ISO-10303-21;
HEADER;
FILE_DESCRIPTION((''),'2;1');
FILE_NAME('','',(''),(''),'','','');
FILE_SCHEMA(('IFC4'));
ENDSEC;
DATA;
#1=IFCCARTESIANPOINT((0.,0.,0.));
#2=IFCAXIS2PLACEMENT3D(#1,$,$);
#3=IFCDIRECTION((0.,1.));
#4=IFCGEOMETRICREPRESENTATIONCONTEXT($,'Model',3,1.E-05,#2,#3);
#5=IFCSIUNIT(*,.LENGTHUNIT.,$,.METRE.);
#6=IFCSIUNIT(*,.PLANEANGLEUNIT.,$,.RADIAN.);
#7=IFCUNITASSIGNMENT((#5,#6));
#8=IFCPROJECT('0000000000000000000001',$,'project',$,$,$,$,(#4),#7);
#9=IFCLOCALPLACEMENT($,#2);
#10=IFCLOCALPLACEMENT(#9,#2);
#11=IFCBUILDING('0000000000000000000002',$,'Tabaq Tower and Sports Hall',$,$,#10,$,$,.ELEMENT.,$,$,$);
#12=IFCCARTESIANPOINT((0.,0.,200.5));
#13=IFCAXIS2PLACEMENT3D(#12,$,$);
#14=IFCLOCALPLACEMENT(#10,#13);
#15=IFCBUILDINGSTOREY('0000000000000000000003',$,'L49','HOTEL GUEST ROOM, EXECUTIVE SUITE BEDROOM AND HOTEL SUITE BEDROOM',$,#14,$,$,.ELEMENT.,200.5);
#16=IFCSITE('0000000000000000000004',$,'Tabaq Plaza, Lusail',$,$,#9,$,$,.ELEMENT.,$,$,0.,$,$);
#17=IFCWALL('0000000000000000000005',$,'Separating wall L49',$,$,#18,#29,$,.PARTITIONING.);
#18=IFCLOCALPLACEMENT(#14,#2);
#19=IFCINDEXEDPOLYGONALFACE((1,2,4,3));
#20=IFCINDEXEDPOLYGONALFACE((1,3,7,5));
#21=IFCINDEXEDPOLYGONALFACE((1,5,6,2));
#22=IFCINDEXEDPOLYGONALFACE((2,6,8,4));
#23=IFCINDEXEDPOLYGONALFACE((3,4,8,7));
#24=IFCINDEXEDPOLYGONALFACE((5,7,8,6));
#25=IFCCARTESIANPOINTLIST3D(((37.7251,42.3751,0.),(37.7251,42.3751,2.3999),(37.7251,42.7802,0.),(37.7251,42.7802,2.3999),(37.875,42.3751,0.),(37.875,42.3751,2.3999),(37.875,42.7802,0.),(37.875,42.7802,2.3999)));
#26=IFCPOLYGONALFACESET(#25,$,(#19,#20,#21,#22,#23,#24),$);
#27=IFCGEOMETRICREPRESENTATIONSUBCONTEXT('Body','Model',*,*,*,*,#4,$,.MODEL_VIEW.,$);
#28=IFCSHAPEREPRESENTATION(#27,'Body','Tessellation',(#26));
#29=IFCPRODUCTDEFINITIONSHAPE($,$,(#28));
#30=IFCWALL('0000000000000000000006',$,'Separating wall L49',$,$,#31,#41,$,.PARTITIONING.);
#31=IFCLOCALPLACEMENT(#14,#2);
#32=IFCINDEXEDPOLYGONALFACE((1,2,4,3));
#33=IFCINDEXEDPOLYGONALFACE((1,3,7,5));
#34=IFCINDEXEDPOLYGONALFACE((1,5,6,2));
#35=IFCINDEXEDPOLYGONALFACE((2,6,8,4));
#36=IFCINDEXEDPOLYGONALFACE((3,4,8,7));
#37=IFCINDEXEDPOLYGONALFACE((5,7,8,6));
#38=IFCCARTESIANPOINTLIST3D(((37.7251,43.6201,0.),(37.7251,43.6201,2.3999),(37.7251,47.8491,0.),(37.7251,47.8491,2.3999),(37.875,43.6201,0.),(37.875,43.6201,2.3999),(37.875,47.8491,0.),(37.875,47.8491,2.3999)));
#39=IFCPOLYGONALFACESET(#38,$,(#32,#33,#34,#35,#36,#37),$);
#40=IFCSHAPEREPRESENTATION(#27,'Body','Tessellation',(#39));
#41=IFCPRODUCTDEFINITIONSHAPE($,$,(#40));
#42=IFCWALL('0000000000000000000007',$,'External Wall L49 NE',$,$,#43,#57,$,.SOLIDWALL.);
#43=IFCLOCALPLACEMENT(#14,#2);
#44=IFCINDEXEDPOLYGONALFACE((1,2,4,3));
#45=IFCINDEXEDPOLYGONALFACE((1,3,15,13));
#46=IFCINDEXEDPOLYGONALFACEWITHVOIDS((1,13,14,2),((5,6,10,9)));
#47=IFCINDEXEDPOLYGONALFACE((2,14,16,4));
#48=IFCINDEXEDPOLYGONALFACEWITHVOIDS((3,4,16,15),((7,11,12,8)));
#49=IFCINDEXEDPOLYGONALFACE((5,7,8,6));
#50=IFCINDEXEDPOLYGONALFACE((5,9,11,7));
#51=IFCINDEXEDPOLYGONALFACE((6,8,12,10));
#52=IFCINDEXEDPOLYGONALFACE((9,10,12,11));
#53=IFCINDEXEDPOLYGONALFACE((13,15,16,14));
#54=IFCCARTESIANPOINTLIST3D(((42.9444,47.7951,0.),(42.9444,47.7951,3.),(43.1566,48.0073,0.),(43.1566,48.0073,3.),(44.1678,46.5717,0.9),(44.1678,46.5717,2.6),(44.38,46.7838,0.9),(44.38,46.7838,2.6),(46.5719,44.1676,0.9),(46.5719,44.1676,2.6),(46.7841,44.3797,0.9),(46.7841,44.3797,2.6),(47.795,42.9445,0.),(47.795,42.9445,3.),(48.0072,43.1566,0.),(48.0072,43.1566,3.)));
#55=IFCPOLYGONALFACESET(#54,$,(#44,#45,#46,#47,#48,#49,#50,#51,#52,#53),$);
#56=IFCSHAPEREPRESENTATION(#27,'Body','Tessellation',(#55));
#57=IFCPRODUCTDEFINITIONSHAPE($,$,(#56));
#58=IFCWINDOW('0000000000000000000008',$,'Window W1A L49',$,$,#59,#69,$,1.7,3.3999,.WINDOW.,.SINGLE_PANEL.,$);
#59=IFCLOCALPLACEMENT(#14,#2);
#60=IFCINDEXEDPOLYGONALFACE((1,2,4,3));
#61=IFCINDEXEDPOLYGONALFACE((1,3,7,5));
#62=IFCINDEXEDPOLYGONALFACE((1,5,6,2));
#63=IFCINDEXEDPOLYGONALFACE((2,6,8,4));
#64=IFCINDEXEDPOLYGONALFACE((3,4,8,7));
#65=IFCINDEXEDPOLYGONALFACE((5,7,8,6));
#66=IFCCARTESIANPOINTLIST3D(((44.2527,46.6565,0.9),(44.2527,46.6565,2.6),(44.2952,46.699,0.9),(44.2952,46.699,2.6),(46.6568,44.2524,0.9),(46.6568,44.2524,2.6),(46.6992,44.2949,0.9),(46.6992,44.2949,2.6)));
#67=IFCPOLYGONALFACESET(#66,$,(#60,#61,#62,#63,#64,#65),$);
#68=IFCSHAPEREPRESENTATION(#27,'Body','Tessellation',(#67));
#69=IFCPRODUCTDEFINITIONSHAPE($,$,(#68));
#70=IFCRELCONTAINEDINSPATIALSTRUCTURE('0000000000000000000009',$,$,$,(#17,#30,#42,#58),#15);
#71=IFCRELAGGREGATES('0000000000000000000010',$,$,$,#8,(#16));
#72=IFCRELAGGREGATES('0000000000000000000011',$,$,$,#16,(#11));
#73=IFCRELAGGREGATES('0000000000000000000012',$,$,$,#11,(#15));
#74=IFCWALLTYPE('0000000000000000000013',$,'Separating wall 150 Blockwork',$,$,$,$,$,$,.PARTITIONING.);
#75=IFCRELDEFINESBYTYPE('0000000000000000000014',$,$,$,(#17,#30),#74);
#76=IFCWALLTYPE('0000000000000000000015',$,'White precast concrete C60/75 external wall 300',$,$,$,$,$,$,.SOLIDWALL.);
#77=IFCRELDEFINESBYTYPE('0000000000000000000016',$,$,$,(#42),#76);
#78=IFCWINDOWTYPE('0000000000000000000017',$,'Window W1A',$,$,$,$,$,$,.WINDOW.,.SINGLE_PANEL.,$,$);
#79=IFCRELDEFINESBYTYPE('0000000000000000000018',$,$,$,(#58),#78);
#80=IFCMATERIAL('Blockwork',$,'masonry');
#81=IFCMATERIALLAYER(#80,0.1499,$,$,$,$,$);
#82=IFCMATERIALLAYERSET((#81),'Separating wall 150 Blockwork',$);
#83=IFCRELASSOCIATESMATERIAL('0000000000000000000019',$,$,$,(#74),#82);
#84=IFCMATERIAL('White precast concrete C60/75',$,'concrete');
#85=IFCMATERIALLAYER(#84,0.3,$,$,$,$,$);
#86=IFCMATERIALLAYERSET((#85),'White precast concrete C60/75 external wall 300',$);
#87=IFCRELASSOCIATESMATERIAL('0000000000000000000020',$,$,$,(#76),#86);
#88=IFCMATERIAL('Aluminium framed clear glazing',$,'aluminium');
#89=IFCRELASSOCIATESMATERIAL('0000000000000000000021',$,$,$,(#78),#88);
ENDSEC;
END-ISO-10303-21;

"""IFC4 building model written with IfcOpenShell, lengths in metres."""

from ifc_helpers import new_model, si_unit, direction, frame, frame_2d, origin, place, context, subcontext, project, spatial, rectangle, extrude, material, layer, layer_set, type_object, element, fill, save


model = new_model("IFC4")

# Units and contexts
model_context = context("Model", 3, precision=1e-05, world=origin(), true_north=direction((0.0, 1.0)))
body_context = subcontext(model_context, "Body", "Model", "MODEL_VIEW")
ifc_project = project(units=[si_unit("LENGTHUNIT", "METRE"), si_unit("PLANEANGLEUNIT", "RADIAN")], contexts=[model_context])

# Site, building, storey
site_placement = place(None, origin())
site = spatial("IfcSite", under=ifc_project, at=site_placement, Name="Tabaq Plaza, Lusail", CompositionType="ELEMENT", RefElevation=0.0)
building_placement = place(site_placement, origin())
building = spatial("IfcBuilding", under=site, at=building_placement, Name="Tabaq Tower and Sports Hall", CompositionType="ELEMENT")
storey_placement = place(building_placement, frame((0.0, 0.0, 200.5)))
storey = spatial("IfcBuildingStorey", under=building, at=storey_placement, Name="L49", Description="HOTEL GUEST ROOM, EXECUTIVE SUITE BEDROOM AND HOTEL SUITE BEDROOM", CompositionType="ELEMENT", Elevation=200.5)

# Walls
ifc_material_1 = material(Name="Blockwork", Category="masonry")
ifc_layer_1 = layer(ifc_material_1, 0.1499)
ifc_layer_set_1 = layer_set([ifc_layer_1], Name="Separating wall 150 Blockwork")
wall_type_1 = type_object("IfcWallType", Name="Separating wall 150 Blockwork", PredefinedType="PARTITIONING", material=ifc_layer_set_1)
wall_1_placement = place(storey_placement, frame((37.8, 42.375, 0.0), z_axis=(0.0, 0.0, 1.0), x_axis=(0.0, 1.0, 0.0)))
element("IfcWall", 1, at=wall_1_placement, inside=storey, type_object=wall_type_1, Name="Separating wall L49", PredefinedType="PARTITIONING", context=body_context, shape_type="SweptSolid", body=[
    extrude(rectangle(XDim=0.405, YDim=0.1499, at=frame_2d((0.2026, 0.0))), origin(), (0.0, 0.0, 1.0), 2.3999),
])
wall_2_placement = place(storey_placement, frame((37.8, 43.6201, 0.0), z_axis=(0.0, 0.0, 1.0), x_axis=(0.0, 1.0, 0.0)))
element("IfcWall", 2, at=wall_2_placement, inside=storey, type_object=wall_type_1, Name="Separating wall L49", PredefinedType="PARTITIONING", context=body_context, shape_type="SweptSolid", body=[
    extrude(rectangle(XDim=4.229, YDim=0.1499, at=frame_2d((2.1145, 0.0))), origin(), (0.0, 0.0, 1.0), 2.3999),
])

# Wall, opening, window
ifc_material_2 = material(Name="White precast concrete C60/75", Category="concrete")
ifc_layer_2 = layer(ifc_material_2, 0.3)
ifc_layer_set_2 = layer_set([ifc_layer_2], Name="White precast concrete C60/75 external wall 300")
wall_type_2 = type_object("IfcWallType", Name="White precast concrete C60/75 external wall 300", PredefinedType="SOLIDWALL", material=ifc_layer_set_2)
wall_3_placement = place(storey_placement, frame((47.9011, 43.0505, 0.0), z_axis=(0.0, 0.0, 1.0), x_axis=(-0.707107, 0.707107, 0.0)))
wall_3 = element("IfcWall", 3, at=wall_3_placement, inside=storey, type_object=wall_type_2, Name="External Wall L49 NE", PredefinedType="SOLIDWALL", context=body_context, shape_type="SweptSolid", body=[
    extrude(rectangle(XDim=6.8599, YDim=0.3, at=frame_2d((3.4299, 0.0))), origin(), (0.0, 0.0, 1.0), 3.0),
])
opening_1_placement = place(wall_3_placement, frame((1.7297, 0.0, 0.8999)))
opening_1 = element("IfcOpeningElement", 4, at=opening_1_placement, cuts=wall_3, PredefinedType="OPENING", context=body_context, shape_type="SweptSolid", body=[
    extrude(rectangle(XDim=3.3999, YDim=1.7, at=frame_2d((1.7, 0.8501))), frame((0.0, 0.1602, 0.0), z_axis=(0.0, -1.0, 0.0), x_axis=(1.0, 0.0, 0.0)), (0.0, 0.0, 1.0), 0.3201),
])
ifc_material_3 = material(Name="Aluminium framed clear glazing", Category="aluminium")
window_type_1 = type_object("IfcWindowType", Name="Window W1A", PartitioningType="SINGLE_PANEL", PredefinedType="WINDOW", material=ifc_material_3)
window_1_placement = place(opening_1_placement, origin())
window_1 = element("IfcWindow", 5, at=window_1_placement, inside=storey, type_object=window_type_1, Name="Window W1A L49", OverallHeight=1.7, OverallWidth=3.3999, PartitioningType="SINGLE_PANEL", PredefinedType="WINDOW", context=body_context, shape_type="SweptSolid", body=[
    extrude(rectangle(XDim=3.3999, YDim=1.7, at=frame_2d((1.7, 0.8501))), frame((0.0, 0.03, 0.0), z_axis=(0.0, -1.0, 0.0), x_axis=(1.0, 0.0, 0.0)), (0.0, 0.0, 1.0), 0.0601),
])
fill(opening_1, window_1)

save(model, "model.ifc")
